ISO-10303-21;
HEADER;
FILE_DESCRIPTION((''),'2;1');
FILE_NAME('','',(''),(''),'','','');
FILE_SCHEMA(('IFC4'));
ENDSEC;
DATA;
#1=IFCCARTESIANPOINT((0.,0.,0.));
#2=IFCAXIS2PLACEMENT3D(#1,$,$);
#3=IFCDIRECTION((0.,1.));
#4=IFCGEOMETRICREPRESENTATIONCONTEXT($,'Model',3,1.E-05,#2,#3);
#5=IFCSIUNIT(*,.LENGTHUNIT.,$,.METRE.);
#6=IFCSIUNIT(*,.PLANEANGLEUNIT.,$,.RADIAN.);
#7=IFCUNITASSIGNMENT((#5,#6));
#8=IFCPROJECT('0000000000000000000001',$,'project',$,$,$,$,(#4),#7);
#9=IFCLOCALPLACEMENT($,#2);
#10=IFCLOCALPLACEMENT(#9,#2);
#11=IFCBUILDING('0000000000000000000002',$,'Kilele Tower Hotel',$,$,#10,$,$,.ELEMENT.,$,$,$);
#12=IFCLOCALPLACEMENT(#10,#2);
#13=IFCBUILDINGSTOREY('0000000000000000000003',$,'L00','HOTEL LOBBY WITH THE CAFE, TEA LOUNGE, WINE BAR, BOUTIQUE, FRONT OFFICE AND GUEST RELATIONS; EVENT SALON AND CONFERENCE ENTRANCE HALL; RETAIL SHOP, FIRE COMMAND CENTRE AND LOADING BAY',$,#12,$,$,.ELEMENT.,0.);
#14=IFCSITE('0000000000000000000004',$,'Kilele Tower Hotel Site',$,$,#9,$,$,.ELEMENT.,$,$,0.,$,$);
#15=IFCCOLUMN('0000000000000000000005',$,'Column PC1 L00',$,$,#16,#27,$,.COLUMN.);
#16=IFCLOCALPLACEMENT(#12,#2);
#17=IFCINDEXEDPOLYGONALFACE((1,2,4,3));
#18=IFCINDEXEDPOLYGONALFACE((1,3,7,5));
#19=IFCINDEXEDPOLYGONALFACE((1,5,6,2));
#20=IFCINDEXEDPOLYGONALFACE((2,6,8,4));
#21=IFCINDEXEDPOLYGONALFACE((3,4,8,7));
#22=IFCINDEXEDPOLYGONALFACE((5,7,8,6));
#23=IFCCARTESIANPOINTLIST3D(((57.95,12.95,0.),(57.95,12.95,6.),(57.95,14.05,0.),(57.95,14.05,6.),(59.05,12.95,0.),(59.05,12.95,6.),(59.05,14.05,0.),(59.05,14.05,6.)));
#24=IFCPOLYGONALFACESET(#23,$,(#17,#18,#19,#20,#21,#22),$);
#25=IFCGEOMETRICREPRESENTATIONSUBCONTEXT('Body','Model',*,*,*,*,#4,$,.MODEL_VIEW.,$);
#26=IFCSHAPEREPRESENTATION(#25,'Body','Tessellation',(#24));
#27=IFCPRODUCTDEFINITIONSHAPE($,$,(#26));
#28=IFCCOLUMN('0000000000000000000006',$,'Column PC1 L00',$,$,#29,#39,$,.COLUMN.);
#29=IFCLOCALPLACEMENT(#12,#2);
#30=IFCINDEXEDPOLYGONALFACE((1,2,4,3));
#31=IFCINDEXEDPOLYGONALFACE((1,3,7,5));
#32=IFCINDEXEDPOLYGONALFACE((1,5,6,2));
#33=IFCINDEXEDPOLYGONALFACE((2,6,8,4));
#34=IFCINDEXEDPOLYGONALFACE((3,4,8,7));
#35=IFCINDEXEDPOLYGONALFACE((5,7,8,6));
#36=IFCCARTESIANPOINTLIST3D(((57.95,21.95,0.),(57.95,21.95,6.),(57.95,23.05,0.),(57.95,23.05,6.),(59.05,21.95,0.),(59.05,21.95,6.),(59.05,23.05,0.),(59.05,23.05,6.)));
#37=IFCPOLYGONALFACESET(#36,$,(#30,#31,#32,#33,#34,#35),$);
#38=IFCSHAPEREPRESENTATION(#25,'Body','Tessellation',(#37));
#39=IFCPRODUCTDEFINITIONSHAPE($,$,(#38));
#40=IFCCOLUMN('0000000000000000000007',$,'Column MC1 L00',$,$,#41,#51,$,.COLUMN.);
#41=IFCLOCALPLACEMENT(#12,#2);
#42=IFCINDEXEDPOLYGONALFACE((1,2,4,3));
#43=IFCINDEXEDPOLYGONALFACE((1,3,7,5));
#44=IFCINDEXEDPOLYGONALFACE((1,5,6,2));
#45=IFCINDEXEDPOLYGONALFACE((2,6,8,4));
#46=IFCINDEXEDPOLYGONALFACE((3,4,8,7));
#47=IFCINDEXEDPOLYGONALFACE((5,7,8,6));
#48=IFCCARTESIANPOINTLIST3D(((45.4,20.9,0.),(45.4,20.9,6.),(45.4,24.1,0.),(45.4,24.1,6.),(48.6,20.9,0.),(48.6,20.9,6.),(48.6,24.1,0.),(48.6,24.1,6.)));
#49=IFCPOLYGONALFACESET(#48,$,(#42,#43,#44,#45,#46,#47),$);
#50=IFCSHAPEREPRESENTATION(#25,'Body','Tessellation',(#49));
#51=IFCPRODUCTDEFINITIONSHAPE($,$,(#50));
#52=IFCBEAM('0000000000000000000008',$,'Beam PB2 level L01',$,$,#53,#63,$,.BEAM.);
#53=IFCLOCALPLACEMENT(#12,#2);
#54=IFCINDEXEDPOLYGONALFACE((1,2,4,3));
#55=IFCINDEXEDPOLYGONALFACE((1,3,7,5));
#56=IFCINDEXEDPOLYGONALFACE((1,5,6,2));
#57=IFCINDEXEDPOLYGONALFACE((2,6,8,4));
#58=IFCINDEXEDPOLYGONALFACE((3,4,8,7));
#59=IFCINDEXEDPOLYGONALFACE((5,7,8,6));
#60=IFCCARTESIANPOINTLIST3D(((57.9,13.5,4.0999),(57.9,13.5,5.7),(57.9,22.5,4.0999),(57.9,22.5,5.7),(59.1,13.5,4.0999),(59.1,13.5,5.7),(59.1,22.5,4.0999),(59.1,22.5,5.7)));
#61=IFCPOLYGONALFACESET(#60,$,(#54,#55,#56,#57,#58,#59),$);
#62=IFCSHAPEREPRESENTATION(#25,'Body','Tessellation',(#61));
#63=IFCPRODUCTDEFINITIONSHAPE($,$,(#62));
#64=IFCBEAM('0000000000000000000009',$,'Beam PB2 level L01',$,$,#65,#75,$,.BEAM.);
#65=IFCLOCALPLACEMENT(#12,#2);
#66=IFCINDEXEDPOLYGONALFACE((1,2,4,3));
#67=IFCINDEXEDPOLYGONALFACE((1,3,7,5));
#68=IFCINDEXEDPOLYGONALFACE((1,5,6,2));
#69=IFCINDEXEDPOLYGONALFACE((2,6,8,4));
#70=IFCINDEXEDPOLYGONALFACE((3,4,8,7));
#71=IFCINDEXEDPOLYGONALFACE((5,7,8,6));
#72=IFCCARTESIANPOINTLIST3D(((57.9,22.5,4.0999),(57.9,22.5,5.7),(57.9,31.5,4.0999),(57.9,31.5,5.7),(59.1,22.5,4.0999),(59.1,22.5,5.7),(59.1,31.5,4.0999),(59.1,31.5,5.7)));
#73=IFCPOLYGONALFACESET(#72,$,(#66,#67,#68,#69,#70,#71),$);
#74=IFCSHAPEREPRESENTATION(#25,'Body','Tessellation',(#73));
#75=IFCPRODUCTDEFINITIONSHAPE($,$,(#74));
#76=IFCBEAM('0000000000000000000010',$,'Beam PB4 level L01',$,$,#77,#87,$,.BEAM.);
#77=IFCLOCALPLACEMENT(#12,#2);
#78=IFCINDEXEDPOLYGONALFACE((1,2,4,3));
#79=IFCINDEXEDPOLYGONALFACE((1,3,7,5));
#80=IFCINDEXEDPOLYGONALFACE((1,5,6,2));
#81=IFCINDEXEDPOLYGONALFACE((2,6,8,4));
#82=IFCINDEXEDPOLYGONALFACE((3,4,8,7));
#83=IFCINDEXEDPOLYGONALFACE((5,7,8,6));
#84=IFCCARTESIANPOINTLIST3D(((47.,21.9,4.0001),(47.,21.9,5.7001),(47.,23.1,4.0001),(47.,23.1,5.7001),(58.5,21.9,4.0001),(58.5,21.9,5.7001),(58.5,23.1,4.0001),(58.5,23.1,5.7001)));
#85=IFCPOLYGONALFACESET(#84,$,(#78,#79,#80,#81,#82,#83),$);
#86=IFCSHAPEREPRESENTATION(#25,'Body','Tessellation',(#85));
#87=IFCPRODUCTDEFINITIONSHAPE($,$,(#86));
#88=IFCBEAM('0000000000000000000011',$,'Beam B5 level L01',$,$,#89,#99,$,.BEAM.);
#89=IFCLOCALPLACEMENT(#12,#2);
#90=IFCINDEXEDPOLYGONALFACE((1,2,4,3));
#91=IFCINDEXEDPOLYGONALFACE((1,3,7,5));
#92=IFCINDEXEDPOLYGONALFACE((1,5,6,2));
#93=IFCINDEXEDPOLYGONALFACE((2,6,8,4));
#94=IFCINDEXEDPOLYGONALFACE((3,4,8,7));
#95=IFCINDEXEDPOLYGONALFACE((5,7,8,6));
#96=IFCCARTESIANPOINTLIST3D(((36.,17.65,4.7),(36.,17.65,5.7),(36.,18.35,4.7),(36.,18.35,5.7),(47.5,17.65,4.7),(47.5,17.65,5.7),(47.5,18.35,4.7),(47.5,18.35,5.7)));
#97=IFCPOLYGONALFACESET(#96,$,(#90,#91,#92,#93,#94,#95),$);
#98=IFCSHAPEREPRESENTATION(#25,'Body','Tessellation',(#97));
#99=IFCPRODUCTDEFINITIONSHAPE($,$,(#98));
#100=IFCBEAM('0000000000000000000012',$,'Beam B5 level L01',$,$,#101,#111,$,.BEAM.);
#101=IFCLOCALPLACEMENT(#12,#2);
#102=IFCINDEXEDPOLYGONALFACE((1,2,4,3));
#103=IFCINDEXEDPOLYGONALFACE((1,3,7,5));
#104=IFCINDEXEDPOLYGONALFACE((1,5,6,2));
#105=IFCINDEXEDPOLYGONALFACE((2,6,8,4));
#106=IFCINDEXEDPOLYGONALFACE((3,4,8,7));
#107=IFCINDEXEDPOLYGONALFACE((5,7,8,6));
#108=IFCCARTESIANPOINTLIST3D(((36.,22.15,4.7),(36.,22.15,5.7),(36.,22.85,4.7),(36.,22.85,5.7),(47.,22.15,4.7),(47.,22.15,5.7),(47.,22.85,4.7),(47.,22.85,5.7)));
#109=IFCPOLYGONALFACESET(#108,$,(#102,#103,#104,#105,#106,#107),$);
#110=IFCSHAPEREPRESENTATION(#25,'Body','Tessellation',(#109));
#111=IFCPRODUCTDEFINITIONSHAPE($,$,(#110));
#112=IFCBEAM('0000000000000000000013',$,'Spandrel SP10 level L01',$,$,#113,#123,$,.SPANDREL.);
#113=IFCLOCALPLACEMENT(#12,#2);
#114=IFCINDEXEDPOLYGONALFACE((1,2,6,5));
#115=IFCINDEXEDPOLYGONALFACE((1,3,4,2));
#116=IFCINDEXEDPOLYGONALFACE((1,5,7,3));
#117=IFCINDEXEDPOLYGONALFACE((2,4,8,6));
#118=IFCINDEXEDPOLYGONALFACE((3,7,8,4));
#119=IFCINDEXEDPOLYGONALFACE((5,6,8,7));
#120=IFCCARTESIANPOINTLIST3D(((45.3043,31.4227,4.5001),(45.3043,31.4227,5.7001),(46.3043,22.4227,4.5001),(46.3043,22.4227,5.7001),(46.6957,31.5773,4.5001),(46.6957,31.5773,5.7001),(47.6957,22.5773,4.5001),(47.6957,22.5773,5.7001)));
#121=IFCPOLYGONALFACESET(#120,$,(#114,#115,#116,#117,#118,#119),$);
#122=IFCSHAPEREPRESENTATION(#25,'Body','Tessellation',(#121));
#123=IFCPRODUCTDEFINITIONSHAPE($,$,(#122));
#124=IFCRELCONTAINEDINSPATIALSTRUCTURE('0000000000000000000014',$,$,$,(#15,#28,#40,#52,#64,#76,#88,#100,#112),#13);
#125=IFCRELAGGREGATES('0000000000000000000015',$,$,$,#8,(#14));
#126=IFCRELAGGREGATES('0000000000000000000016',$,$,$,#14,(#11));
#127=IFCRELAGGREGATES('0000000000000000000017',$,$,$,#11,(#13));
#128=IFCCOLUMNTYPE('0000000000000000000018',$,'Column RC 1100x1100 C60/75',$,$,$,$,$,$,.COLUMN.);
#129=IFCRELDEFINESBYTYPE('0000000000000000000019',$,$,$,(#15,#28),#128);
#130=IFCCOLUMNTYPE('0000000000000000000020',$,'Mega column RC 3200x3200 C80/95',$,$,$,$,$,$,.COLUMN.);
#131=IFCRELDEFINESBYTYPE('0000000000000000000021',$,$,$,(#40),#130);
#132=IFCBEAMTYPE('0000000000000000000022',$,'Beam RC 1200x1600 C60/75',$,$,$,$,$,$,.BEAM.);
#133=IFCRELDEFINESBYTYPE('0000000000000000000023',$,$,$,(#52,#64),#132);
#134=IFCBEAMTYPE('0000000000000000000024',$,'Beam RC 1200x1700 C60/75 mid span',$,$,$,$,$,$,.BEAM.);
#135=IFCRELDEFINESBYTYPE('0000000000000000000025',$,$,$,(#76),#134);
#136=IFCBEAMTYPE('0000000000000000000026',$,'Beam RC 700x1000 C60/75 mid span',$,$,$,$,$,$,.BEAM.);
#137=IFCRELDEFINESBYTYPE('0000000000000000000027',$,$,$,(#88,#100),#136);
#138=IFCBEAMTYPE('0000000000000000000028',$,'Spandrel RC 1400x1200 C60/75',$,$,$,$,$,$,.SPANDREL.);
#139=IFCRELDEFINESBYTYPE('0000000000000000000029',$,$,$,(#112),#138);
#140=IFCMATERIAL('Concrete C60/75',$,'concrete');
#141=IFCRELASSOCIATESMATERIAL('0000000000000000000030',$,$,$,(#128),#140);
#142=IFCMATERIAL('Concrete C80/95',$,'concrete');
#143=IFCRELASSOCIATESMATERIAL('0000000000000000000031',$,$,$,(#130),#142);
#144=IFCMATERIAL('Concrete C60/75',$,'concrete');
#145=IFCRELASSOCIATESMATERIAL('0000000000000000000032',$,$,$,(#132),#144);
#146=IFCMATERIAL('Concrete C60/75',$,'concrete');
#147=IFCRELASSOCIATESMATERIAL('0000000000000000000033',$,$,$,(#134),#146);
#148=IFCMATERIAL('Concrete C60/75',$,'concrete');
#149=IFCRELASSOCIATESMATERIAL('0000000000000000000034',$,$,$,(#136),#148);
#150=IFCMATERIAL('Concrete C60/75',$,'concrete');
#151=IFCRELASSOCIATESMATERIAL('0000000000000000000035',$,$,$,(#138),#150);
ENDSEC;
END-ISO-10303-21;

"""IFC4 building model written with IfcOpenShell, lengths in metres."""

from ifc_helpers import new_model, si_unit, direction, frame, origin, origin_2d, place, context, subcontext, project, spatial, rectangle, extrude, material, material_profile, profile_set, type_object, element, save


model = new_model("IFC4")

# Units and contexts
model_context = context("Model", 3, precision=1e-05, world=origin(), true_north=direction((0.0, 1.0)))
body_context = subcontext(model_context, "Body", "Model", "MODEL_VIEW")
ifc_project = project(units=[si_unit("LENGTHUNIT", "METRE"), si_unit("PLANEANGLEUNIT", "RADIAN")], contexts=[model_context])

# Site, building, storey
site_placement = place(None, origin())
site = spatial("IfcSite", under=ifc_project, at=site_placement, Name="Kilele Tower Hotel Site", CompositionType="ELEMENT", RefElevation=0.0)
building_placement = place(site_placement, origin())
building = spatial("IfcBuilding", under=site, at=building_placement, Name="Kilele Tower Hotel", CompositionType="ELEMENT")
storey_placement = place(building_placement, origin())
storey = spatial("IfcBuildingStorey", under=building, at=storey_placement, Name="L00", Description="HOTEL LOBBY WITH THE CAFE, TEA LOUNGE, WINE BAR, BOUTIQUE, FRONT OFFICE AND GUEST RELATIONS; EVENT SALON AND CONFERENCE ENTRANCE HALL; RETAIL SHOP, FIRE COMMAND CENTRE AND LOADING BAY", CompositionType="ELEMENT", Elevation=0.0)

# Columns
ifc_material_1 = material(Name="Concrete C60/75", Category="concrete")
ifc_material_profile_1 = material_profile(ifc_material_1, rectangle(XDim=1.1001, YDim=1.1001, at=origin_2d()))
ifc_profile_set_1 = profile_set([ifc_material_profile_1], Name="Concrete C60/75")
column_type_1 = type_object("IfcColumnType", Name="Column RC 1100x1100 C60/75", PredefinedType="COLUMN", material=ifc_profile_set_1)
for number, where, z_axis, x_axis, name in (
    (1, (58.5, 13.5, 0.0), (0.0, 0.0, 1.0), (1.0, 0.0, 0.0), "Column PC1 L00"),
    (2, (58.5, 22.5, 0.0), (0.0, 0.0, 1.0), (1.0, 0.0, 0.0), "Column PC1 L00"),
):
    element("IfcColumn", number, at=place(storey_placement, frame(where, z_axis=z_axis, x_axis=x_axis)), inside=storey, type_object=column_type_1, Name=name, PredefinedType="COLUMN", context=body_context, shape_type="SweptSolid", body=[
        extrude(rectangle(XDim=1.1001, YDim=1.1001, at=origin_2d()), origin(), (0.0, 0.0, 1.0), 6.0),
    ])
ifc_material_2 = material(Name="Concrete C80/95", Category="concrete")
ifc_material_profile_2 = material_profile(ifc_material_2, rectangle(XDim=3.2, YDim=3.2, at=origin_2d()))
ifc_profile_set_2 = profile_set([ifc_material_profile_2], Name="Concrete C80/95")
column_type_2 = type_object("IfcColumnType", Name="Mega column RC 3200x3200 C80/95", PredefinedType="COLUMN", material=ifc_profile_set_2)
column_placement = place(storey_placement, frame((47.0, 22.5, 0.0), z_axis=(0.0, 0.0, 1.0), x_axis=(1.0, 0.0, 0.0)))
element("IfcColumn", 3, at=column_placement, inside=storey, type_object=column_type_2, Name="Column MC1 L00", PredefinedType="COLUMN", context=body_context, shape_type="SweptSolid", body=[
    extrude(rectangle(XDim=3.2, YDim=3.2, at=origin_2d()), origin(), (0.0, 0.0, 1.0), 6.0),
])

# Beams
ifc_material_3 = material(Name="Concrete C60/75", Category="concrete")
ifc_material_profile_3 = material_profile(ifc_material_3, rectangle(XDim=1.2, YDim=1.6001, at=origin_2d()))
ifc_profile_set_3 = profile_set([ifc_material_profile_3], Name="Concrete C60/75")
beam_type_1 = type_object("IfcBeamType", Name="Beam RC 1200x1600 C60/75", PredefinedType="BEAM", material=ifc_profile_set_3)
for number, where, z_axis, x_axis, name in (
    (4, (58.5, 13.5, 4.8999), (0.0, 1.0, 0.0), (-1.0, 0.0, 0.0), "Beam PB2 level L01"),
    (5, (58.5, 22.5, 4.8999), (0.0, 1.0, 0.0), (-1.0, 0.0, 0.0), "Beam PB2 level L01"),
):
    element("IfcBeam", number, at=place(storey_placement, frame(where, z_axis=z_axis, x_axis=x_axis)), inside=storey, type_object=beam_type_1, Name=name, PredefinedType="BEAM", context=body_context, shape_type="SweptSolid", body=[
        extrude(rectangle(XDim=1.2, YDim=1.6001, at=origin_2d()), origin(), (0.0, 0.0, 1.0), 9.0),
    ])
ifc_material_4 = material(Name="Concrete C60/75", Category="concrete")
ifc_material_profile_4 = material_profile(ifc_material_4, rectangle(XDim=1.2, YDim=1.7, at=origin_2d()))
ifc_profile_set_4 = profile_set([ifc_material_profile_4], Name="Concrete C60/75")
beam_type_2 = type_object("IfcBeamType", Name="Beam RC 1200x1700 C60/75 mid span", PredefinedType="BEAM", material=ifc_profile_set_4)
beam_1_placement = place(storey_placement, frame((47.0, 22.5, 4.8501), z_axis=(1.0, 0.0, 0.0), x_axis=(0.0, 1.0, 0.0)))
element("IfcBeam", 6, at=beam_1_placement, inside=storey, type_object=beam_type_2, Name="Beam PB4 level L01", PredefinedType="BEAM", context=body_context, shape_type="SweptSolid", body=[
    extrude(rectangle(XDim=1.2, YDim=1.7, at=origin_2d()), origin(), (0.0, 0.0, 1.0), 11.5),
])
ifc_material_5 = material(Name="Concrete C60/75", Category="concrete")
ifc_material_profile_5 = material_profile(ifc_material_5, rectangle(XDim=0.7, YDim=1.0, at=origin_2d()))
ifc_profile_set_5 = profile_set([ifc_material_profile_5], Name="Concrete C60/75")
beam_type_3 = type_object("IfcBeamType", Name="Beam RC 700x1000 C60/75 mid span", PredefinedType="BEAM", material=ifc_profile_set_5)
beam_2_placement = place(storey_placement, frame((47.5, 18.0, 5.2), z_axis=(-1.0, 0.0, 0.0), x_axis=(0.0, -1.0, 0.0)))
element("IfcBeam", 7, at=beam_2_placement, inside=storey, type_object=beam_type_3, Name="Beam B5 level L01", PredefinedType="BEAM", context=body_context, shape_type="SweptSolid", body=[
    extrude(rectangle(XDim=0.7, YDim=1.0, at=origin_2d()), origin(), (0.0, 0.0, 1.0), 11.5),
])
beam_3_placement = place(storey_placement, frame((47.0, 22.5, 5.2), z_axis=(-1.0, 0.0, 0.0), x_axis=(0.0, -1.0, 0.0)))
element("IfcBeam", 8, at=beam_3_placement, inside=storey, type_object=beam_type_3, Name="Beam B5 level L01", PredefinedType="BEAM", context=body_context, shape_type="SweptSolid", body=[
    extrude(rectangle(XDim=0.7, YDim=1.0, at=origin_2d()), origin(), (0.0, 0.0, 1.0), 11.0),
])
ifc_material_6 = material(Name="Concrete C60/75", Category="concrete")
ifc_material_profile_6 = material_profile(ifc_material_6, rectangle(XDim=1.3999, YDim=1.2, at=origin_2d()))
ifc_profile_set_6 = profile_set([ifc_material_profile_6], Name="Concrete C60/75")
beam_type_4 = type_object("IfcBeamType", Name="Spandrel RC 1400x1200 C60/75", PredefinedType="SPANDREL", material=ifc_profile_set_6)
beam_4_placement = place(storey_placement, frame((47.0, 22.5, 5.1001), z_axis=(-0.110432, 0.993884, 0.0), x_axis=(-0.993884, -0.110432, 0.0)))
element("IfcBeam", 9, at=beam_4_placement, inside=storey, type_object=beam_type_4, Name="Spandrel SP10 level L01", PredefinedType="SPANDREL", context=body_context, shape_type="SweptSolid", body=[
    extrude(rectangle(XDim=1.3999, YDim=1.2, at=origin_2d()), origin(), (0.0, 0.0, 1.0), 9.0554),
])

save(model, "model.ifc")
